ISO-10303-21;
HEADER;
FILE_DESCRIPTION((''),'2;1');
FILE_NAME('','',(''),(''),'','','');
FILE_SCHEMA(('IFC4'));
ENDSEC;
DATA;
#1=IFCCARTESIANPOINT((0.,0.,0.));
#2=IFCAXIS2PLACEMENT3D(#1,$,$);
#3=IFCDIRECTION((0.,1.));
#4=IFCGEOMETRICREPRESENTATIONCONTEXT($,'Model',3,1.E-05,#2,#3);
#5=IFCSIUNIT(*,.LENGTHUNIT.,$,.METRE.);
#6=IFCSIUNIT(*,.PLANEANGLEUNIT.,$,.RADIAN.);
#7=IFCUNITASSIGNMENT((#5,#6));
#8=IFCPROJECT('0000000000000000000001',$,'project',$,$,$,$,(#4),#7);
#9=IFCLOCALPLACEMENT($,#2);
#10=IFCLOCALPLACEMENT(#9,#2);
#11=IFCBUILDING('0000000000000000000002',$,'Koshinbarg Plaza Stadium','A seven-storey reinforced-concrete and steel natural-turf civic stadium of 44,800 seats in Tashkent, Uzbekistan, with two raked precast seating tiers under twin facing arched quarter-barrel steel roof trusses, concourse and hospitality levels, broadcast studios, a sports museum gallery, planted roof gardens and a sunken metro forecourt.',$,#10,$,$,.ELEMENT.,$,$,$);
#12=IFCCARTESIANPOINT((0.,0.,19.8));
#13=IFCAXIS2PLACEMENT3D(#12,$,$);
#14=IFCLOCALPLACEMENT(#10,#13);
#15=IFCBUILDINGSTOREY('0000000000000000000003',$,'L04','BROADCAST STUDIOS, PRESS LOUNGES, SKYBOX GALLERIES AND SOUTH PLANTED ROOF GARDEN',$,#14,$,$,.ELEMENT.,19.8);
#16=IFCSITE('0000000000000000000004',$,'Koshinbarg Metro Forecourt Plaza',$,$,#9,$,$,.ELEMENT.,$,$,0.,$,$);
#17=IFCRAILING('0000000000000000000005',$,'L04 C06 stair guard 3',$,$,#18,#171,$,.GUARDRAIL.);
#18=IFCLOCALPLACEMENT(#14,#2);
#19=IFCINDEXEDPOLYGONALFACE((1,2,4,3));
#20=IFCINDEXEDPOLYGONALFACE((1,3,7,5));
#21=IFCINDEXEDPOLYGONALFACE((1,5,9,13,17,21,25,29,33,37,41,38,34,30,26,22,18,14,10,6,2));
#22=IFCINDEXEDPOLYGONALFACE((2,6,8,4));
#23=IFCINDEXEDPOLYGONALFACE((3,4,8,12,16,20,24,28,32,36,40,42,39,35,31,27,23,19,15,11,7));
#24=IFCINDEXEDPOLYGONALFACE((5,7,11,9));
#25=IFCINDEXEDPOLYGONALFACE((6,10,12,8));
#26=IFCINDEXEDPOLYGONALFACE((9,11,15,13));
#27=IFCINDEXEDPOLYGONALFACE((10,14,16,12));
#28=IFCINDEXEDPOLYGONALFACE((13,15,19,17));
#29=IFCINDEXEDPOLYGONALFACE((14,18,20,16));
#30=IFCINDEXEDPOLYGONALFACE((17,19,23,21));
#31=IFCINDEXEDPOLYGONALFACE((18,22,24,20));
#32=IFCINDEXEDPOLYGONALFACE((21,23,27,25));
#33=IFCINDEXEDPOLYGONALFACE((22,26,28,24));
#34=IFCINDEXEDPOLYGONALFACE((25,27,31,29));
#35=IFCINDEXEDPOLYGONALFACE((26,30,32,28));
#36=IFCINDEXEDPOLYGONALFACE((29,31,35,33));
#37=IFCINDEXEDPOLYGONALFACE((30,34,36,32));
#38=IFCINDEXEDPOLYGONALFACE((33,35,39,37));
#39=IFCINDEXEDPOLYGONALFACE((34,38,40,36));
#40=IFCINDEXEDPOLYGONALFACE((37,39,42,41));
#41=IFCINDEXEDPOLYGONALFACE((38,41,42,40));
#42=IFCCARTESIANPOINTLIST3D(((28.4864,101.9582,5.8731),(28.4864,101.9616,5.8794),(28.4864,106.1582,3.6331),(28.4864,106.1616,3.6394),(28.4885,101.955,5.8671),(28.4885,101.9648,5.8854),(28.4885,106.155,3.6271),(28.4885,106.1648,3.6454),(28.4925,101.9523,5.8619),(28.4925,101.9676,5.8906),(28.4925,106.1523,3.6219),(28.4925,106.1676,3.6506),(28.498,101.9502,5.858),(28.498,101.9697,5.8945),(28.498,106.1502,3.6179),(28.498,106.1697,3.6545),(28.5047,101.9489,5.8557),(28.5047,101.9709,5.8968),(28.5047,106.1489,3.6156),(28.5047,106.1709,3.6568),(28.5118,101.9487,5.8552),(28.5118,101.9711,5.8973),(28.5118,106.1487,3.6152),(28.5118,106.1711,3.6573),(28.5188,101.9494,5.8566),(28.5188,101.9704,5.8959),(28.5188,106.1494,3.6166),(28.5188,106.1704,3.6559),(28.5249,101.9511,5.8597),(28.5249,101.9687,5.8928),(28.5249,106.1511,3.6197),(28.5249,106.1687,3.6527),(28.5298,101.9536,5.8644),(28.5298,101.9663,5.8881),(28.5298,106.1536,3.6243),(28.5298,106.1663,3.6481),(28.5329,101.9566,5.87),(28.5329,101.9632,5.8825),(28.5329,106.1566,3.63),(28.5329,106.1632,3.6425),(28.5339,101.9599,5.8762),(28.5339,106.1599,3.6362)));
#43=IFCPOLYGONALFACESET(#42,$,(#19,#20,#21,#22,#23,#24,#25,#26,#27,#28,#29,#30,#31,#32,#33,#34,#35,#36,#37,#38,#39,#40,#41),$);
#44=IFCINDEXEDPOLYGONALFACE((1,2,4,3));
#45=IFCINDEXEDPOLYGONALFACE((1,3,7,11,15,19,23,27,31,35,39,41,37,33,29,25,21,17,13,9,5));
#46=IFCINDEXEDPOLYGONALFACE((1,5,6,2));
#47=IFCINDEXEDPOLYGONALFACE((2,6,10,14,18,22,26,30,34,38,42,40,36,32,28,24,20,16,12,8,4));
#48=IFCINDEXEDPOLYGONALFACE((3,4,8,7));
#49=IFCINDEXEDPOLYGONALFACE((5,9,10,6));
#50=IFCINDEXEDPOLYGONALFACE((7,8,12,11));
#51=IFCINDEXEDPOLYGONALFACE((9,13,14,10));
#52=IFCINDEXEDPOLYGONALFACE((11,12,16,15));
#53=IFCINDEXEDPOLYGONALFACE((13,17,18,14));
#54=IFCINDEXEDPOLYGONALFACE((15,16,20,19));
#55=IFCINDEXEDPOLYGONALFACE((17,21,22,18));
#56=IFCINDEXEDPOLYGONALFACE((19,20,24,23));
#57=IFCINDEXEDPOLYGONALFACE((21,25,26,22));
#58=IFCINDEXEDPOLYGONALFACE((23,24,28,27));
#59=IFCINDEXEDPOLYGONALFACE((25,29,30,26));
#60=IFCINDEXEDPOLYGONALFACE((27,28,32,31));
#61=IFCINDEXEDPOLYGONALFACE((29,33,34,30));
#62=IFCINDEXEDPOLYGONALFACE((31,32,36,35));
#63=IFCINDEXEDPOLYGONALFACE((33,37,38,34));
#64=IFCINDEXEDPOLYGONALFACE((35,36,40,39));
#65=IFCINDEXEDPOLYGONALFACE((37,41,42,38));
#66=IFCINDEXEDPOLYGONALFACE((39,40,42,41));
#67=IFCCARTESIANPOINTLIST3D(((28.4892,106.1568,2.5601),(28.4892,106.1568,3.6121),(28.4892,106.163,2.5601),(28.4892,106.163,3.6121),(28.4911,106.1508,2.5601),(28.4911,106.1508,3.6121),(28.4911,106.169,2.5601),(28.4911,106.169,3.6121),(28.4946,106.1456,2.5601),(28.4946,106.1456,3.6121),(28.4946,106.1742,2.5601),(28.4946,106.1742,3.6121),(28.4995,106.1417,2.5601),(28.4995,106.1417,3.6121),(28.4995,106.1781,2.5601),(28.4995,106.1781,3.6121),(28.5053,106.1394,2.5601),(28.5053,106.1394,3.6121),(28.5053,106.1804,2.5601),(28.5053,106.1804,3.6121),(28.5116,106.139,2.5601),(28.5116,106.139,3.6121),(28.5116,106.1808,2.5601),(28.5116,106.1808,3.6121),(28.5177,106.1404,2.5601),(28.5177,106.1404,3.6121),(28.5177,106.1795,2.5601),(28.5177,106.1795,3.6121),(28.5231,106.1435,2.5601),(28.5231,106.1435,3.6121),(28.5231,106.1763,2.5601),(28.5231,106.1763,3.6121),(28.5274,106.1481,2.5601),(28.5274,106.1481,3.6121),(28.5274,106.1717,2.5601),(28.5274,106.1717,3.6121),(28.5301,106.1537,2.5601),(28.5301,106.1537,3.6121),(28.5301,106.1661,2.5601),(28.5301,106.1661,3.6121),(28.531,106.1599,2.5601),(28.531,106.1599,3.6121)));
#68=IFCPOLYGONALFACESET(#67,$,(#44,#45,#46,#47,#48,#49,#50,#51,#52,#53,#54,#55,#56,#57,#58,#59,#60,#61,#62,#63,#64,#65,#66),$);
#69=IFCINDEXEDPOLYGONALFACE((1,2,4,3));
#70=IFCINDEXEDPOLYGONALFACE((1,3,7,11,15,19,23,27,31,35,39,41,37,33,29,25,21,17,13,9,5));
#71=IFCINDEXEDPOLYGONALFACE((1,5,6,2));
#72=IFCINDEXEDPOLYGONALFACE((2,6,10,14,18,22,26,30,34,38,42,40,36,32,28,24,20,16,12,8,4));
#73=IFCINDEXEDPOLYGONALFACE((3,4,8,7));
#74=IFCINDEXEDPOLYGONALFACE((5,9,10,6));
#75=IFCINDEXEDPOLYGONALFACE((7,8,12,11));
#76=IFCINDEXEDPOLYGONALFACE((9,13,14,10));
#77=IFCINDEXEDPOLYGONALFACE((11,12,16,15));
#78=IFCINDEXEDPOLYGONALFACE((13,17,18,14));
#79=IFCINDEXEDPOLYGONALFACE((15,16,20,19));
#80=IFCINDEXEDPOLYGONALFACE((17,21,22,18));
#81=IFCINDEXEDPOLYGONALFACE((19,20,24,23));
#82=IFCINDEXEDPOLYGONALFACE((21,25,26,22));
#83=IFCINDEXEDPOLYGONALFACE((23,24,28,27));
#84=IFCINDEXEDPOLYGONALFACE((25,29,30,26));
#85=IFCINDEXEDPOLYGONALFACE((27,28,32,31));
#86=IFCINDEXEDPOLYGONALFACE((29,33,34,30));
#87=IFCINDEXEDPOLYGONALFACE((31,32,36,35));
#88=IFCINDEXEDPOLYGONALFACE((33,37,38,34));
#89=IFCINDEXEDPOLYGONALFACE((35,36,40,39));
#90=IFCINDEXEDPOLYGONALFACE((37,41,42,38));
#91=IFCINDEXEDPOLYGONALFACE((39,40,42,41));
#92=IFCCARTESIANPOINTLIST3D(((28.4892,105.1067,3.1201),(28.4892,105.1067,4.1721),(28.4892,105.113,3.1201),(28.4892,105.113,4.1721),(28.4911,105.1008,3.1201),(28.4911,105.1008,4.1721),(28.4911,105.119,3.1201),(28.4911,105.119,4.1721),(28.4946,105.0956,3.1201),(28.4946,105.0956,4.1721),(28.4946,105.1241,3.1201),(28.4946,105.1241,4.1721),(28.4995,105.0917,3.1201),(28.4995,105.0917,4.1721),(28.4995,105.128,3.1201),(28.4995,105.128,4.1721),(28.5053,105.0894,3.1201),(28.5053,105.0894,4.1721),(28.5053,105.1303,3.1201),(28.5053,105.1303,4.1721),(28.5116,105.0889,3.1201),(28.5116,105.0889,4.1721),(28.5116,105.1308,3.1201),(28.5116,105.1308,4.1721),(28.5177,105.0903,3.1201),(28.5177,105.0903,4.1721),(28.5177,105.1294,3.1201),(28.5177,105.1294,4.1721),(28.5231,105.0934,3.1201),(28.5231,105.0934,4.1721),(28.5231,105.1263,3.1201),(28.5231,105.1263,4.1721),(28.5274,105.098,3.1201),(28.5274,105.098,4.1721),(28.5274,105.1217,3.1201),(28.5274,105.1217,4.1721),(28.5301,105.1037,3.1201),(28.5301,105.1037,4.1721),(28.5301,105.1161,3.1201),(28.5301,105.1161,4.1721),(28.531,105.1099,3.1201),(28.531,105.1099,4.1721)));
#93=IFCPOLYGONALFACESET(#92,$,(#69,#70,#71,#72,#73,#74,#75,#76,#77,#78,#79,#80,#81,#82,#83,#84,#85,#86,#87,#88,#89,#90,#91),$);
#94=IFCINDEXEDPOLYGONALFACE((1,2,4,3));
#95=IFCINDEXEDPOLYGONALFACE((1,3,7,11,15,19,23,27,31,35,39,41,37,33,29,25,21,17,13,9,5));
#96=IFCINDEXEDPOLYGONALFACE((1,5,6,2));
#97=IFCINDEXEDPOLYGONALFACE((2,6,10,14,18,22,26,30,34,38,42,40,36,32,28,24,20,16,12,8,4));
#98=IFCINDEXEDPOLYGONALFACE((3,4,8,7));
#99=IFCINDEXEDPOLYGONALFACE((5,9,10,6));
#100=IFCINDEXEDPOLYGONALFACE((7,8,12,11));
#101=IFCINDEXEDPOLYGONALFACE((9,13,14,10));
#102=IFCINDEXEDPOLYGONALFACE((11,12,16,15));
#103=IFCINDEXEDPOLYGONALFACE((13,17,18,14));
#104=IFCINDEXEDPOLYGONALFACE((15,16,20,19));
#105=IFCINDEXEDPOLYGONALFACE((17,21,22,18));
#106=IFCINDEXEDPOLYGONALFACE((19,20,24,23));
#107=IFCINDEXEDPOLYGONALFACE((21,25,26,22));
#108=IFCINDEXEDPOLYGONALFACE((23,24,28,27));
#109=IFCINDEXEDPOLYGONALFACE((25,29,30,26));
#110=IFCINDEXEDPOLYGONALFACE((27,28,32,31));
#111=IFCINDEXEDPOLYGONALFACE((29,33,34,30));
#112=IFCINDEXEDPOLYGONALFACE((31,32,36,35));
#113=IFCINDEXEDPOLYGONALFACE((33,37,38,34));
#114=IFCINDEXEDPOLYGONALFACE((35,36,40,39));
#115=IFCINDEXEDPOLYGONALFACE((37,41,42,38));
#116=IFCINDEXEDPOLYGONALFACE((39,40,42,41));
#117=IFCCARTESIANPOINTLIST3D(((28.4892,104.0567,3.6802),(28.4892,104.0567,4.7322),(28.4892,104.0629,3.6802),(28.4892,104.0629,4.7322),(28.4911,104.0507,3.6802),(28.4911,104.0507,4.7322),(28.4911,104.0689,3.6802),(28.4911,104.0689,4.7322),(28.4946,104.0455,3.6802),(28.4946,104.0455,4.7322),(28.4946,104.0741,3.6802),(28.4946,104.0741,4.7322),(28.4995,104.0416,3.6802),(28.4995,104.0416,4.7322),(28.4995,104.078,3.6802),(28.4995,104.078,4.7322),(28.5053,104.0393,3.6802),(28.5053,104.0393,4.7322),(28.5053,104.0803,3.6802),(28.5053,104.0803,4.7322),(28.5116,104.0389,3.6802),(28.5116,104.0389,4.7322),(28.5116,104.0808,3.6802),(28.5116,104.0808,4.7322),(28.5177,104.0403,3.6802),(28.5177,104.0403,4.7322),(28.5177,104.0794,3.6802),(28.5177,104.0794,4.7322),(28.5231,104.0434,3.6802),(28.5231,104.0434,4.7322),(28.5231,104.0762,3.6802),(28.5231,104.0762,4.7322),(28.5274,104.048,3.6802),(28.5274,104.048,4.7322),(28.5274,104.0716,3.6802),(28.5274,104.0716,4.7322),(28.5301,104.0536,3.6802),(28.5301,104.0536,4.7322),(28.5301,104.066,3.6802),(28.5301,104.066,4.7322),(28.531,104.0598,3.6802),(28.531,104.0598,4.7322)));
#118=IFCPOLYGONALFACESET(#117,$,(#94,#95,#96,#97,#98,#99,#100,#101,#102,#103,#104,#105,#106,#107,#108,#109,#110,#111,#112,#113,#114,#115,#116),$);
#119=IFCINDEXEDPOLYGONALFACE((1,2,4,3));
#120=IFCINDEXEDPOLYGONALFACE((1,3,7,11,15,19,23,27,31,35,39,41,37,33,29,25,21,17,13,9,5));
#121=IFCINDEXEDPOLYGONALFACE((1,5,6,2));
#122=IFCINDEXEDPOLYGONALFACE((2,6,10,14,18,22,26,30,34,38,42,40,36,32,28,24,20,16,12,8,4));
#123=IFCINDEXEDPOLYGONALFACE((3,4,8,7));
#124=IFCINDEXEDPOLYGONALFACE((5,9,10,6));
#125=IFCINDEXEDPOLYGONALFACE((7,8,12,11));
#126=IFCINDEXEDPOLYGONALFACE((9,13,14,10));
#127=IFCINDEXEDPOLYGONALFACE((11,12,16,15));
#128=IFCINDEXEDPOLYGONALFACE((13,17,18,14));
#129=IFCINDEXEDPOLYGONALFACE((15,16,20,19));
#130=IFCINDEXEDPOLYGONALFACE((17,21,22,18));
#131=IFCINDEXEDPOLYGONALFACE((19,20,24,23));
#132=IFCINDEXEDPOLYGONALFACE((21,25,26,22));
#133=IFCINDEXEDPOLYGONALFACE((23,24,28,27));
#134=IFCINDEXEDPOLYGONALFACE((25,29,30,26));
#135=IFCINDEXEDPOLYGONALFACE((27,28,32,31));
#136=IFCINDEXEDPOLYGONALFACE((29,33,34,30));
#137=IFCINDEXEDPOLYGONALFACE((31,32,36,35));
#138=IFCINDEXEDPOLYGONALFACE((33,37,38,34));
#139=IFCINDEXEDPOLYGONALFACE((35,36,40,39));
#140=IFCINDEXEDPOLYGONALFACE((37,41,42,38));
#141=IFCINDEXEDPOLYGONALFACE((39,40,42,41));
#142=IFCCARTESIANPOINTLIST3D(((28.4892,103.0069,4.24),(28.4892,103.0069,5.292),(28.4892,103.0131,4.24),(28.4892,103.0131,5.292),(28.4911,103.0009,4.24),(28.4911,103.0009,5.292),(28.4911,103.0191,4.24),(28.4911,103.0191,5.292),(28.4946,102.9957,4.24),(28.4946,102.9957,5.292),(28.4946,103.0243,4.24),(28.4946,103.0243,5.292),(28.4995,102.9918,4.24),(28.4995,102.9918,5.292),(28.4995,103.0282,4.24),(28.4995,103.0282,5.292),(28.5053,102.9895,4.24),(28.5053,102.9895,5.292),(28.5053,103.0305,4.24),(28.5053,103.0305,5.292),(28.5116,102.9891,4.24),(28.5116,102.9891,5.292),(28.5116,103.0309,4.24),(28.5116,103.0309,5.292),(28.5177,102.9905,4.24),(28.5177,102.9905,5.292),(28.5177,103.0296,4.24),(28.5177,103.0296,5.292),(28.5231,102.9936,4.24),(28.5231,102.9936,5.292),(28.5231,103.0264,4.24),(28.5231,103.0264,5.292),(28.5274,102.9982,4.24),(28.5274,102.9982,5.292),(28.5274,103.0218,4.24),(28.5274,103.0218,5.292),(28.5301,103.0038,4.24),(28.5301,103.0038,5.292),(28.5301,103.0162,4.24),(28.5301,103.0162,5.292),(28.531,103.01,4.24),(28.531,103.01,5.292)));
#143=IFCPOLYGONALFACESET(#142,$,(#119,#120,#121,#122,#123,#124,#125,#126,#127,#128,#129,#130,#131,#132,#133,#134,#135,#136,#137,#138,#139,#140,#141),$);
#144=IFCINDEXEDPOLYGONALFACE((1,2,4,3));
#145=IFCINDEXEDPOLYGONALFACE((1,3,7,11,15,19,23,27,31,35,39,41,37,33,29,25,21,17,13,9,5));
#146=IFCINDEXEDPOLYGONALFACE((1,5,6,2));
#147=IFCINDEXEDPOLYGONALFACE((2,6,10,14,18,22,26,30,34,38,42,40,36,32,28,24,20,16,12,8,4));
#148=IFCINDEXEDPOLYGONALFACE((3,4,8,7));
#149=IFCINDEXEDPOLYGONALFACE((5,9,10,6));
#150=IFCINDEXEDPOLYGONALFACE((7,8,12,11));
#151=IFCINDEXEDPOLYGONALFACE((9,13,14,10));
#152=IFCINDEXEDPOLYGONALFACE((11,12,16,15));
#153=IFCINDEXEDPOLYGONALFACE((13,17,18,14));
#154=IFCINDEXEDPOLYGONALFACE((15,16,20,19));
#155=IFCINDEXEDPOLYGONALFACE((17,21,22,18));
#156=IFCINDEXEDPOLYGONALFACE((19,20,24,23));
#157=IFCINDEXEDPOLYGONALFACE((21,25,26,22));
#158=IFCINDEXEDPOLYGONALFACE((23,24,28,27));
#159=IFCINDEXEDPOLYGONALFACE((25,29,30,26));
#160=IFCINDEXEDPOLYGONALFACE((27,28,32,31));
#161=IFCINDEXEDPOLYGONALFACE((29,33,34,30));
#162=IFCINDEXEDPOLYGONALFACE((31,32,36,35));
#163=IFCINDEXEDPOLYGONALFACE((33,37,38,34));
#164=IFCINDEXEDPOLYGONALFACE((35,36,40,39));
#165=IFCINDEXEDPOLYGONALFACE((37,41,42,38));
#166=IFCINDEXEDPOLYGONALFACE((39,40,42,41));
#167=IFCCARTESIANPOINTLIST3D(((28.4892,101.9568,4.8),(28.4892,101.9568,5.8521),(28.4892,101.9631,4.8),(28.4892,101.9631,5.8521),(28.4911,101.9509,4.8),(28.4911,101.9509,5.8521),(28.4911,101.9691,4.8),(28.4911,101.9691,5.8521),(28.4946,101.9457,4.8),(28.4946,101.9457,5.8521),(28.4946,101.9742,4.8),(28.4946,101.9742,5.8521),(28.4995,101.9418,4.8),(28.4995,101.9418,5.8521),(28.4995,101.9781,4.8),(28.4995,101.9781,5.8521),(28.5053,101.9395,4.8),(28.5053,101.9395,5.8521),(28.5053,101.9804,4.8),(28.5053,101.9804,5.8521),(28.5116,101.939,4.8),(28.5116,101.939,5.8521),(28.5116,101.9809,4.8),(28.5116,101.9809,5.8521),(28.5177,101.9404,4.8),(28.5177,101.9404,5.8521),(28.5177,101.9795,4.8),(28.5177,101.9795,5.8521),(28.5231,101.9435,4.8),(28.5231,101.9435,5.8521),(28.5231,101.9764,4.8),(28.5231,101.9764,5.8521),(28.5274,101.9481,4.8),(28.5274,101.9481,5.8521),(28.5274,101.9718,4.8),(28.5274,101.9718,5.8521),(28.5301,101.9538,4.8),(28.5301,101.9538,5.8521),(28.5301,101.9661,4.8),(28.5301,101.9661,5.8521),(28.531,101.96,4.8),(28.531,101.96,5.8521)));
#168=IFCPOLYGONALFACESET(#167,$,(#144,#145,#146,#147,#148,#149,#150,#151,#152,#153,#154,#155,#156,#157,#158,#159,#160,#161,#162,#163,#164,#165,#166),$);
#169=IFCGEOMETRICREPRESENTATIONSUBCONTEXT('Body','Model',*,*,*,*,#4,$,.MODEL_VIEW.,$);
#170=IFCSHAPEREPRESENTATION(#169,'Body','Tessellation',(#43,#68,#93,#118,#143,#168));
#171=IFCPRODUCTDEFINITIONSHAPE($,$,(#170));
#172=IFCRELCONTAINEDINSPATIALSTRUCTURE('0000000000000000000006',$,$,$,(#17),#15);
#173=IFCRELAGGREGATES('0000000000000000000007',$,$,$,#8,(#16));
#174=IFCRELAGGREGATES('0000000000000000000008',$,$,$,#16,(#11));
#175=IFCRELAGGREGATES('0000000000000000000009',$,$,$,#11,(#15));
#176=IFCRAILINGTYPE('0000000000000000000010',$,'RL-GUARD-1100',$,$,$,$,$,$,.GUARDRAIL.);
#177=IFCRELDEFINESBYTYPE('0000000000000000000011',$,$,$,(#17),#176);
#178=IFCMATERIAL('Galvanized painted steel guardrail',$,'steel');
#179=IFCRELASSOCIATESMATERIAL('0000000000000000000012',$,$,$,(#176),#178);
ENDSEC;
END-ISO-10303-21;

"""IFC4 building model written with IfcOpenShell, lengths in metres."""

from ifc_helpers import new_model, si_unit, direction, frame, origin, origin_2d, place, context, subcontext, project, spatial, circle, extrude, material, type_object, element, save


model = new_model("IFC4")

# Units and contexts
model_context = context("Model", 3, precision=1e-05, world=origin(), true_north=direction((0.0, 1.0)))
body_context = subcontext(model_context, "Body", "Model", "MODEL_VIEW")
ifc_project = project(units=[si_unit("LENGTHUNIT", "METRE"), si_unit("PLANEANGLEUNIT", "RADIAN")], contexts=[model_context])

# Site, building, storey
site_placement = place(None, origin())
site = spatial("IfcSite", under=ifc_project, at=site_placement, Name="Koshinbarg Metro Forecourt Plaza", CompositionType="ELEMENT", RefElevation=0.0)
building_placement = place(site_placement, origin())
building = spatial("IfcBuilding", under=site, at=building_placement, Name="Koshinbarg Plaza Stadium", Description="A seven-storey reinforced-concrete and steel natural-turf civic stadium of 44,800 seats in Tashkent, Uzbekistan, with two raked precast seating tiers under twin facing arched quarter-barrel steel roof trusses, concourse and hospitality levels, broadcast studios, a sports museum gallery, planted roof gardens and a sunken metro forecourt.", CompositionType="ELEMENT")
storey_placement = place(building_placement, frame((0.0, 0.0, 19.8)))
storey = spatial("IfcBuildingStorey", under=building, at=storey_placement, Name="L04", Description="BROADCAST STUDIOS, PRESS LOUNGES, SKYBOX GALLERIES AND SOUTH PLANTED ROOF GARDEN", CompositionType="ELEMENT", Elevation=19.8)

# Railing
ifc_material_1 = material(Name="Galvanized painted steel guardrail", Category="steel")
railing_type_1 = type_object("IfcRailingType", Name="RL-GUARD-1100", PredefinedType="GUARDRAIL", material=ifc_material_1)
railing_1_placement = place(storey_placement, frame((28.51, 106.1599, 2.5601)))
element("IfcRailing", 1, at=railing_1_placement, inside=storey, type_object=railing_type_1, Name="L04 C06 stair guard 3", PredefinedType="GUARDRAIL", context=body_context, shape_type="SweptSolid", body=[
    extrude(circle(Radius=0.0239, at=origin_2d()), frame((0.0, 0.0, 1.0762), z_axis=(0.0, -0.882352, 0.470591), x_axis=(1.0, 0.0, 0.0)), (0.0, 0.0, 1.0), 4.76),
    extrude(circle(Radius=0.021, at=origin_2d()), origin(), (0.0, 0.0, 1.0), 1.052),
    extrude(circle(Radius=0.021, at=origin_2d()), frame((0.0, -1.05, 0.5601)), (0.0, 0.0, 1.0), 1.052),
    extrude(circle(Radius=0.021, at=origin_2d()), frame((0.0, -2.1001, 1.1201)), (0.0, 0.0, 1.0), 1.052),
    extrude(circle(Radius=0.021, at=origin_2d()), frame((0.0, -3.1499, 1.6799)), (0.0, 0.0, 1.0), 1.052),
    extrude(circle(Radius=0.021, at=origin_2d()), frame((0.0, -4.2, 2.24)), (0.0, 0.0, 1.0), 1.052),
])

save(model, "model.ifc")
